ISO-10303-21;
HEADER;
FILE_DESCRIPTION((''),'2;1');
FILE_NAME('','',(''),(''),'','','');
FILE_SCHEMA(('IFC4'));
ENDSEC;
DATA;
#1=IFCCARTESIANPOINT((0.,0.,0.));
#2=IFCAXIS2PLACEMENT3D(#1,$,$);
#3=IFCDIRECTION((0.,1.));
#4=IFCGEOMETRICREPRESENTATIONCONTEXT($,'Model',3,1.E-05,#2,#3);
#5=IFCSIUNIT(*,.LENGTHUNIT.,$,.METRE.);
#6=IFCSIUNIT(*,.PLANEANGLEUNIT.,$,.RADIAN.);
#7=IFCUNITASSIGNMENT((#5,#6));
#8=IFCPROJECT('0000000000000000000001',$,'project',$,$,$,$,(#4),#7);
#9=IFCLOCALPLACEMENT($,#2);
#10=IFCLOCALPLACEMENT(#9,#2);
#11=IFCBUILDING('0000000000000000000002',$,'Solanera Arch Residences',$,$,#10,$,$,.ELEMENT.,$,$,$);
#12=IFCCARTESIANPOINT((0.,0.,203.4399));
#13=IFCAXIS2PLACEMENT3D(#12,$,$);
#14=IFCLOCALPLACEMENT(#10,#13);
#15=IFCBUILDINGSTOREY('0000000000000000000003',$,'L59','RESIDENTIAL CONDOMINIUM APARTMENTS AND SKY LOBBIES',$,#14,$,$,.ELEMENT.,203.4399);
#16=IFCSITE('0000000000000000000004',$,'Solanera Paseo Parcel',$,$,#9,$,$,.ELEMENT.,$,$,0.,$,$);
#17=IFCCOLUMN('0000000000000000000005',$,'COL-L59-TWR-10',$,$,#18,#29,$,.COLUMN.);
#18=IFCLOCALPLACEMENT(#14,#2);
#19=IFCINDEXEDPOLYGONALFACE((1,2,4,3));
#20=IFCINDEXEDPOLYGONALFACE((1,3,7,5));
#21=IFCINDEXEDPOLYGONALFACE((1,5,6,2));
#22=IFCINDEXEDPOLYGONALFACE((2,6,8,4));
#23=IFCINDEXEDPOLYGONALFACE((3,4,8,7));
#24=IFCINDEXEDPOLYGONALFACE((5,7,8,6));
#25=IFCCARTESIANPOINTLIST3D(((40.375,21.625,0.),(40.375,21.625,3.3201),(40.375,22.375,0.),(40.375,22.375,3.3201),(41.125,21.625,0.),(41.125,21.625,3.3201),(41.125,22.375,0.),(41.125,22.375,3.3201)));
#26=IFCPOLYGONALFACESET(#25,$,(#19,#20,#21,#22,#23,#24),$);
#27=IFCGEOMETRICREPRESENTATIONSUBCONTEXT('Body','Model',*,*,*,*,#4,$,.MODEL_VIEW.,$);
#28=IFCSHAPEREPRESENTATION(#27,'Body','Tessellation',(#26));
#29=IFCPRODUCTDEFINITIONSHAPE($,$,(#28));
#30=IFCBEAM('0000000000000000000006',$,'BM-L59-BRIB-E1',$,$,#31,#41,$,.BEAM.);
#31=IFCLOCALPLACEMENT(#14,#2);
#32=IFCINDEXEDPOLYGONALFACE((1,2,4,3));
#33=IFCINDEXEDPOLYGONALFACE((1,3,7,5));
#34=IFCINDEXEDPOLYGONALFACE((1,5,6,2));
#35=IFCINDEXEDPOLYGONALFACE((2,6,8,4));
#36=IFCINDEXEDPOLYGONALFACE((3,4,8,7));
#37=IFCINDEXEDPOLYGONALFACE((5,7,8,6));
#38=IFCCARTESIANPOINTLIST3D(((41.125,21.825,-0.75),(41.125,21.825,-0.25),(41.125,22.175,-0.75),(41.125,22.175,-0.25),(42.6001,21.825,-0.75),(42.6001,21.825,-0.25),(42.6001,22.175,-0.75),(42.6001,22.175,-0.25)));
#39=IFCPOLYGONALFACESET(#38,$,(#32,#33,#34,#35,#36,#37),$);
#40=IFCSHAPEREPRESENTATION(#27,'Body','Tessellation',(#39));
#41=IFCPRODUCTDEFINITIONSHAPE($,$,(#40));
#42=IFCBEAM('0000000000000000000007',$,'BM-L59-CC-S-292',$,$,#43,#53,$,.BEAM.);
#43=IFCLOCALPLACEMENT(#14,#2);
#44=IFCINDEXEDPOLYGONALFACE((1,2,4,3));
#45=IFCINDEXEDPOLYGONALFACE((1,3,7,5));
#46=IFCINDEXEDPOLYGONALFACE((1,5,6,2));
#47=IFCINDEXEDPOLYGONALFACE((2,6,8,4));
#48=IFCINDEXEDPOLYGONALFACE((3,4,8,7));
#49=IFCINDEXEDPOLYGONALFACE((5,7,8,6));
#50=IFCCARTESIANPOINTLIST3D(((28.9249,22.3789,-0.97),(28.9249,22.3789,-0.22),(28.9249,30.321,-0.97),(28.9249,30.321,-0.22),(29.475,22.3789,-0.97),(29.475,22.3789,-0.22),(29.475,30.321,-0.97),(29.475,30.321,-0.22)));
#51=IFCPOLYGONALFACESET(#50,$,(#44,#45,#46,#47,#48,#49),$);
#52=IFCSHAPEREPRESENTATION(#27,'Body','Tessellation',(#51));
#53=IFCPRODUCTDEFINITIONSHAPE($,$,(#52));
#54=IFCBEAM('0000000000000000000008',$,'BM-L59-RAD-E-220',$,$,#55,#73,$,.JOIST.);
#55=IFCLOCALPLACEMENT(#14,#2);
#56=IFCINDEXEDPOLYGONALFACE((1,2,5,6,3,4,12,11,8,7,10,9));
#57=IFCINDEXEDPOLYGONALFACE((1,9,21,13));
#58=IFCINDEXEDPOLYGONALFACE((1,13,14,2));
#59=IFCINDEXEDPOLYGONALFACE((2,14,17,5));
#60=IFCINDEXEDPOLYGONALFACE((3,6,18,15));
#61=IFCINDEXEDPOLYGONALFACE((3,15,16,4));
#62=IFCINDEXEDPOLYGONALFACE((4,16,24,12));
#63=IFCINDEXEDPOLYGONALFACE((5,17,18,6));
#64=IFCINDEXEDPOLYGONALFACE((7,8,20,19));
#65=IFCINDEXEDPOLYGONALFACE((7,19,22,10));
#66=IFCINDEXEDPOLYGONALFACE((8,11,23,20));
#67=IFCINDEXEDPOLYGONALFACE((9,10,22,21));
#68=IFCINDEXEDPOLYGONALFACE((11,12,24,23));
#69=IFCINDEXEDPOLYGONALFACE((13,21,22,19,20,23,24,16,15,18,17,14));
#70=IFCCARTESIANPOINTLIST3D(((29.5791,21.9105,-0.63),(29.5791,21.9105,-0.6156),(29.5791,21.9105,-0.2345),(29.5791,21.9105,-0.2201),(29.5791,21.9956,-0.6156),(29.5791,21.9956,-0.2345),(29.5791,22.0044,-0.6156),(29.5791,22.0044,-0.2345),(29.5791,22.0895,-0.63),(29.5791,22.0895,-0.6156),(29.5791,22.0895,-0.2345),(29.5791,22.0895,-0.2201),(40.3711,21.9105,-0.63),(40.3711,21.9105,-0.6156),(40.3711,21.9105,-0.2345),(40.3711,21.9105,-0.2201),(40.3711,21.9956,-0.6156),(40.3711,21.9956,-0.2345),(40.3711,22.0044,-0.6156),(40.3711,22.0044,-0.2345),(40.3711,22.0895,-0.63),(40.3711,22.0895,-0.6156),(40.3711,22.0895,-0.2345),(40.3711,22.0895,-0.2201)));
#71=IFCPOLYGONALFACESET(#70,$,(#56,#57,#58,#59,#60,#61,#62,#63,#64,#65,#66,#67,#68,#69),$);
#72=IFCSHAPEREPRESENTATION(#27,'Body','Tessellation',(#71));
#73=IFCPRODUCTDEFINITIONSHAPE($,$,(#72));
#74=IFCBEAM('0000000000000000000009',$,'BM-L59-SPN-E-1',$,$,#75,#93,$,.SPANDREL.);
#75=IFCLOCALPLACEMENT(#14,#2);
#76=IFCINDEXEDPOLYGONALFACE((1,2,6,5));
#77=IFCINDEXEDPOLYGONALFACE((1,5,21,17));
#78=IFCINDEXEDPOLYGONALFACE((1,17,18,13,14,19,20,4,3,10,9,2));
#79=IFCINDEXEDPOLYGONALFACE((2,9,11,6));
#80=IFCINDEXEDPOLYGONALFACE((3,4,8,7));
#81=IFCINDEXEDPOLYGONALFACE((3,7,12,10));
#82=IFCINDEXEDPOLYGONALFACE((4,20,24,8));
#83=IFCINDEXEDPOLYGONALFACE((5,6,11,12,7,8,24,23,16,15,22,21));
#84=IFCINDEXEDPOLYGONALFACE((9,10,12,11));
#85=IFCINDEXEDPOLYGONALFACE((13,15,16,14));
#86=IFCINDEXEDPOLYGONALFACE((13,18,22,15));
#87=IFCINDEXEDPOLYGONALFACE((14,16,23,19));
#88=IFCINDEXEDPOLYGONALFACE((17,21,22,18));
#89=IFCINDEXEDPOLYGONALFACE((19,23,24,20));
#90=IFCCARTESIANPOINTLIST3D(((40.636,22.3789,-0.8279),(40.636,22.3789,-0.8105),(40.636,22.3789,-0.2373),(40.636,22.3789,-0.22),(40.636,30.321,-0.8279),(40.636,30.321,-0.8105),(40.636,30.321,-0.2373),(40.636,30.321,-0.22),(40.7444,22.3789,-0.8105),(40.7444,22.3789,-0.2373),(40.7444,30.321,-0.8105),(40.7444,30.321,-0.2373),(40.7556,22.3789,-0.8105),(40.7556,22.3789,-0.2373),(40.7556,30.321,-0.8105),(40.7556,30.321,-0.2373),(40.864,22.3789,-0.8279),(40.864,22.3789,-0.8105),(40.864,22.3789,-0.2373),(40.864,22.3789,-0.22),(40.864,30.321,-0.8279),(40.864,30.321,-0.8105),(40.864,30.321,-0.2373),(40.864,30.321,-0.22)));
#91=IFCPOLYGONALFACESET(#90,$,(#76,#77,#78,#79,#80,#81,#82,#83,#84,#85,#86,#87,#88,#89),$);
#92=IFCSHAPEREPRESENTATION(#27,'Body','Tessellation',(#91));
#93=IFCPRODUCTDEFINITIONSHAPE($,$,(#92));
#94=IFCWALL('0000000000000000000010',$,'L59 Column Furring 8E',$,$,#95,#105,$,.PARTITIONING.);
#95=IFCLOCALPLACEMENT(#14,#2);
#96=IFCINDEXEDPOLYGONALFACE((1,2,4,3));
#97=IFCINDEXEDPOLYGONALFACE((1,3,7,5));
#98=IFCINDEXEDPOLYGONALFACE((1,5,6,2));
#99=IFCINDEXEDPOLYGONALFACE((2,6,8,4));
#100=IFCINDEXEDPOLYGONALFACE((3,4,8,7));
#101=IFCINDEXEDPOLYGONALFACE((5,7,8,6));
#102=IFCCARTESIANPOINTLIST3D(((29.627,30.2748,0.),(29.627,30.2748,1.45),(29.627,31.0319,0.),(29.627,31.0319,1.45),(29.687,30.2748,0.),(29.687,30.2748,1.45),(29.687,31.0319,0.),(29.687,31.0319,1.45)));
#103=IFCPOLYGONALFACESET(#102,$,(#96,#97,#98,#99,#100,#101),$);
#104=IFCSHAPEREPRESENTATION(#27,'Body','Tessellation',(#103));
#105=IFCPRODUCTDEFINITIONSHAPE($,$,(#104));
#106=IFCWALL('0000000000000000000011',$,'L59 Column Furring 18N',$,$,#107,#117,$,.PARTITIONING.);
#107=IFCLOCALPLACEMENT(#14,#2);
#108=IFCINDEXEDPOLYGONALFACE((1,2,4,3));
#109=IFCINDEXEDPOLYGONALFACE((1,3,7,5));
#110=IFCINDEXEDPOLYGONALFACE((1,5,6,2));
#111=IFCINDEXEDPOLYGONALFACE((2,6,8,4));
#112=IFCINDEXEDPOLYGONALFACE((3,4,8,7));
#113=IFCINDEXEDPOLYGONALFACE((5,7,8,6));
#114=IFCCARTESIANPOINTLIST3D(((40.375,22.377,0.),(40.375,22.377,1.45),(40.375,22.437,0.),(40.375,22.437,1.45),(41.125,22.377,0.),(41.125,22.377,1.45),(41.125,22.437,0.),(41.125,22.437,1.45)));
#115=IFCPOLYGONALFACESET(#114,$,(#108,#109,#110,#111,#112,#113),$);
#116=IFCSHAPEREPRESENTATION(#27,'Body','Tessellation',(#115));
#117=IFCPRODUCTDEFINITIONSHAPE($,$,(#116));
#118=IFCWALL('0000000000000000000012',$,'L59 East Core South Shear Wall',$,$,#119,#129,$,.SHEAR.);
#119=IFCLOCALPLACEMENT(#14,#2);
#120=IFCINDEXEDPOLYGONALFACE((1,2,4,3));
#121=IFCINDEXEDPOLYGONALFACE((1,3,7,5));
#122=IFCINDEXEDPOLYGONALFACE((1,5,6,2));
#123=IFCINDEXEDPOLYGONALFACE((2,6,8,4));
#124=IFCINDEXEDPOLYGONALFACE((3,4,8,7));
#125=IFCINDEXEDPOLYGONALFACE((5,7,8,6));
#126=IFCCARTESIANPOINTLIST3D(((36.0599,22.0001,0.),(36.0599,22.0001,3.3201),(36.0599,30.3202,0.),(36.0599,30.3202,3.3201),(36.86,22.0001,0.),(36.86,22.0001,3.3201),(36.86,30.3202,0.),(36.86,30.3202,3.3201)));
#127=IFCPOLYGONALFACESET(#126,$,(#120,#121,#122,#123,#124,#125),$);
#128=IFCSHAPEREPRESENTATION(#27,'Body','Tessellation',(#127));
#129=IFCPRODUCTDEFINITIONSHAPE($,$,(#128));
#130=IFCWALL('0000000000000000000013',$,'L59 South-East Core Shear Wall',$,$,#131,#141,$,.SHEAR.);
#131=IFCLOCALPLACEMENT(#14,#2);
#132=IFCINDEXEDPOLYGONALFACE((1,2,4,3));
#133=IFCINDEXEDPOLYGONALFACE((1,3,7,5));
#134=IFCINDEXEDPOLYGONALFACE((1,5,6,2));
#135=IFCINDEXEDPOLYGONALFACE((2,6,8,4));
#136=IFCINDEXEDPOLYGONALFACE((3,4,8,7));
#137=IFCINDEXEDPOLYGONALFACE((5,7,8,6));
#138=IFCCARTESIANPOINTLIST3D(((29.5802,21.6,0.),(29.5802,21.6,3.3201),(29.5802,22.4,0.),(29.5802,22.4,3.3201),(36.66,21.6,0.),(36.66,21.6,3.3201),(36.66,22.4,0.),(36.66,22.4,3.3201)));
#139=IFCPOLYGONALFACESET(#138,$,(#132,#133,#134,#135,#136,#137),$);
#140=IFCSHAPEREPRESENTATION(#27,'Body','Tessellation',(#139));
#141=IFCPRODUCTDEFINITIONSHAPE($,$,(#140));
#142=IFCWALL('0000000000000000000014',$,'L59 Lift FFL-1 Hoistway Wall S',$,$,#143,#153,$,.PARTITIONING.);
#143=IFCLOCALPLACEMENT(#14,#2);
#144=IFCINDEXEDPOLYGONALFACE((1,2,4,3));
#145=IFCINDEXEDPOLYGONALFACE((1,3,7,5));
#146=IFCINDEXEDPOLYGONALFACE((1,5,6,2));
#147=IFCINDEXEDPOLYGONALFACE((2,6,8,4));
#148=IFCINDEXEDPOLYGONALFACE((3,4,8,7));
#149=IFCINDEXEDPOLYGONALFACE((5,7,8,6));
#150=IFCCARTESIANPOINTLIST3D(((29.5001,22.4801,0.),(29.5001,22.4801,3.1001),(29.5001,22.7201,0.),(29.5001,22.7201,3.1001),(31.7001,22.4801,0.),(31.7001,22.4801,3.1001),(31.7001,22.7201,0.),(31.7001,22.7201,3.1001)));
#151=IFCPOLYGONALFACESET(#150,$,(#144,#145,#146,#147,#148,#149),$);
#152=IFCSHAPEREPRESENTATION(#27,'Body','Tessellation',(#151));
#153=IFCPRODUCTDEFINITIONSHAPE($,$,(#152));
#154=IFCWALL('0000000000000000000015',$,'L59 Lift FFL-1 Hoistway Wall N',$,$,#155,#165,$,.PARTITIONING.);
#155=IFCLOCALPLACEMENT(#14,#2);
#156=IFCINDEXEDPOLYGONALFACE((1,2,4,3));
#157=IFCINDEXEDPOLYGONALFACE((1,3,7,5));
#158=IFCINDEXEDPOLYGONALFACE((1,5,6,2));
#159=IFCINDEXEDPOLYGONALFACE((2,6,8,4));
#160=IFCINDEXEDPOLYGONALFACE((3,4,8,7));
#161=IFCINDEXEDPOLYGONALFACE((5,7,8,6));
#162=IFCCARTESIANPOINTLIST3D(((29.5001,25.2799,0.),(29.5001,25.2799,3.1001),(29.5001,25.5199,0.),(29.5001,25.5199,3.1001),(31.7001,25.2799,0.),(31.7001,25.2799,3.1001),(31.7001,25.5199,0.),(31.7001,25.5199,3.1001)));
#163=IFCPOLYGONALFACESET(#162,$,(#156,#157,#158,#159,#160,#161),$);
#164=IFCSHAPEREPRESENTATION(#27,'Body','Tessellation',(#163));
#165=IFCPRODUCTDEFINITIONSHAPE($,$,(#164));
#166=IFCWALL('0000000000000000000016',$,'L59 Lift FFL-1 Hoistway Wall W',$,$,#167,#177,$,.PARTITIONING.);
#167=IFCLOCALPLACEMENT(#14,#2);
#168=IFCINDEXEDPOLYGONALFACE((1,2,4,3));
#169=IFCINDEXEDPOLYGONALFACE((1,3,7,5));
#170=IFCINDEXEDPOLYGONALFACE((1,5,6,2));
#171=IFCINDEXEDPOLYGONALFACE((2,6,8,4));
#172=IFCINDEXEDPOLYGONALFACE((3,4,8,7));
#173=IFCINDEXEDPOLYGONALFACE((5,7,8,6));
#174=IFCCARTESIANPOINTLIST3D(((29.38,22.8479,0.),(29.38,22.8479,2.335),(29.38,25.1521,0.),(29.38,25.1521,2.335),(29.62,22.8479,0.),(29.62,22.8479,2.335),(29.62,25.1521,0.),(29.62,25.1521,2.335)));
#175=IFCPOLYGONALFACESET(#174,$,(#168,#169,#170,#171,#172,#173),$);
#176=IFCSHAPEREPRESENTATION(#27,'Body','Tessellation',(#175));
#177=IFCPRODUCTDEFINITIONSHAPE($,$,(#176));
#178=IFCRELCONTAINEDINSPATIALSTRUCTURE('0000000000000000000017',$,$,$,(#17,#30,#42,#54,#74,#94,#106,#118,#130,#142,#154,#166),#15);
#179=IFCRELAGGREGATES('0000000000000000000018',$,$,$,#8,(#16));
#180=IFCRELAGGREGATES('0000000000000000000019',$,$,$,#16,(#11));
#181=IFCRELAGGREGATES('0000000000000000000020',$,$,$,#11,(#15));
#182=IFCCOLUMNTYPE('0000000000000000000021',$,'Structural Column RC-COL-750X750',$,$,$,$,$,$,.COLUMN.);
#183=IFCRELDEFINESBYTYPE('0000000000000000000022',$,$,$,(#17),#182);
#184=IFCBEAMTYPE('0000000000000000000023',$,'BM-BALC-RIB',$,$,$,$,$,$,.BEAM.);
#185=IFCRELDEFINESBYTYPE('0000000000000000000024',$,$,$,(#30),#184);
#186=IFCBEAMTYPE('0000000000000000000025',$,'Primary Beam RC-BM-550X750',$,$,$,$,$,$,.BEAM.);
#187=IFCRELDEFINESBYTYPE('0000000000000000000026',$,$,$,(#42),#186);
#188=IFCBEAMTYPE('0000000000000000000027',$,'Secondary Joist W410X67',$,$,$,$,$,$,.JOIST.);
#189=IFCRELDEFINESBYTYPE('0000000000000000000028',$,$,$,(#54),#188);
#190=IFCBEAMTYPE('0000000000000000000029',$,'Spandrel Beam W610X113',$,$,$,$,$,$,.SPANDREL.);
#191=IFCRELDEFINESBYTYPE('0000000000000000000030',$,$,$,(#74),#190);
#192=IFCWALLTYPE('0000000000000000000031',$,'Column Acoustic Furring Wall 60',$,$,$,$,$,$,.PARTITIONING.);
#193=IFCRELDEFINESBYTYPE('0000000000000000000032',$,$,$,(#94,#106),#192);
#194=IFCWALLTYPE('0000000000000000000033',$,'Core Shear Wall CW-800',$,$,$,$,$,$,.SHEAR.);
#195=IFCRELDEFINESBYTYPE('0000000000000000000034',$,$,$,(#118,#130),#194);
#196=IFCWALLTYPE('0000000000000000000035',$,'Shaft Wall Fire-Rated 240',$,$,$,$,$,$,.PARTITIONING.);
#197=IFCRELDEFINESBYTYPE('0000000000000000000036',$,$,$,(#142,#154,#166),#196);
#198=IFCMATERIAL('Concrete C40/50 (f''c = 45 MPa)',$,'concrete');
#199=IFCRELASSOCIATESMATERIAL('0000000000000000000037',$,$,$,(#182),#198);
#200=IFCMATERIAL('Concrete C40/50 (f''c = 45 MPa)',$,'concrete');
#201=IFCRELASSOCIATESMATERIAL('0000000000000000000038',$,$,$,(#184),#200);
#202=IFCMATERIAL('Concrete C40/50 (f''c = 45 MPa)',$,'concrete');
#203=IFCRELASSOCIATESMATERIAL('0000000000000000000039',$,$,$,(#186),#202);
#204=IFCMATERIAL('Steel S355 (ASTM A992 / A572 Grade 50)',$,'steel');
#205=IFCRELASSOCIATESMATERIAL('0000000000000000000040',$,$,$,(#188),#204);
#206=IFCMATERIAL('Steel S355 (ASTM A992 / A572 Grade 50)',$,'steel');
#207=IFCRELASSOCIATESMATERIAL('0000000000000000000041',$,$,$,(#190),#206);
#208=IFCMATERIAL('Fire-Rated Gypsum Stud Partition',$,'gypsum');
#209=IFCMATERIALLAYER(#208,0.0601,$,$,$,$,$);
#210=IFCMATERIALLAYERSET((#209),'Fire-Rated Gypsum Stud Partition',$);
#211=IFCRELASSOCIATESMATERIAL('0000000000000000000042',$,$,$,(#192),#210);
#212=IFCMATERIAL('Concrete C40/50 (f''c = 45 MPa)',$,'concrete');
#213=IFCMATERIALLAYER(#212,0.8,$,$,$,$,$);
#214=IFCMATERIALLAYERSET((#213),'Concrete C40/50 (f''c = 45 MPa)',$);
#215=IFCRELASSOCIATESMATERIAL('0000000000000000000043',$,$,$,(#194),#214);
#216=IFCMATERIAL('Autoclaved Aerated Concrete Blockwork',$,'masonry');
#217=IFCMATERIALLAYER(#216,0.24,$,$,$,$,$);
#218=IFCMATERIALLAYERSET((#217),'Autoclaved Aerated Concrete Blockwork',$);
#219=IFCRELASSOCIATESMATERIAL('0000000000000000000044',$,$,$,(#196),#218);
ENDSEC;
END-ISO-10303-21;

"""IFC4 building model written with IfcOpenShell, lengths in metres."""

from ifc_helpers import new_model, si_unit, direction, frame, frame_2d, origin, origin_2d, place, context, subcontext, project, spatial, rectangle, i_section, extrude, material, layer, layer_set, material_profile, profile_set, type_object, element, save


model = new_model("IFC4")

# Units and contexts
model_context = context("Model", 3, precision=1e-05, world=origin(), true_north=direction((0.0, 1.0)))
body_context = subcontext(model_context, "Body", "Model", "MODEL_VIEW")
ifc_project = project(units=[si_unit("LENGTHUNIT", "METRE"), si_unit("PLANEANGLEUNIT", "RADIAN")], contexts=[model_context])

# Site, building, storey
site_placement = place(None, origin())
site = spatial("IfcSite", under=ifc_project, at=site_placement, Name="Solanera Paseo Parcel", CompositionType="ELEMENT", RefElevation=0.0)
building_placement = place(site_placement, origin())
building = spatial("IfcBuilding", under=site, at=building_placement, Name="Solanera Arch Residences", CompositionType="ELEMENT")
storey_placement = place(building_placement, frame((0.0, 0.0, 203.4399)))
storey = spatial("IfcBuildingStorey", under=building, at=storey_placement, Name="L59", Description="RESIDENTIAL CONDOMINIUM APARTMENTS AND SKY LOBBIES", CompositionType="ELEMENT", Elevation=203.4399)

# Column
ifc_material_1 = material(Name="Concrete C40/50 (f'c = 45 MPa)", Category="concrete")
ifc_material_profile_1 = material_profile(ifc_material_1, rectangle(XDim=0.75, YDim=0.75, at=origin_2d()))
ifc_profile_set_1 = profile_set([ifc_material_profile_1], Name="Concrete C40/50 (f'c = 45 MPa)")
column_type = type_object("IfcColumnType", Name="Structural Column RC-COL-750X750", PredefinedType="COLUMN", material=ifc_profile_set_1)
column_placement = place(storey_placement, frame((40.75, 22.0, 0.0), z_axis=(0.0, 0.0, 1.0), x_axis=(1.0, 0.0, 0.0)))
element("IfcColumn", 1, at=column_placement, inside=storey, type_object=column_type, Name="COL-L59-TWR-10", PredefinedType="COLUMN", context=body_context, shape_type="SweptSolid", body=[
    extrude(rectangle(XDim=0.75, YDim=0.75, at=origin_2d()), origin(), (0.0, 0.0, 1.0), 3.3201),
])

# Beams
ifc_material_2 = material(Name="Concrete C40/50 (f'c = 45 MPa)", Category="concrete")
ifc_material_profile_2 = material_profile(ifc_material_2, rectangle(XDim=0.3501, YDim=0.5, at=origin_2d()))
ifc_profile_set_2 = profile_set([ifc_material_profile_2], Name="Concrete C40/50 (f'c = 45 MPa)")
beam_type_1 = type_object("IfcBeamType", Name="BM-BALC-RIB", PredefinedType="BEAM", material=ifc_profile_set_2)
beam_1_placement = place(storey_placement, frame((41.125, 22.0, -0.5), z_axis=(1.0, 0.0, 0.0), x_axis=(0.0, 1.0, 0.0)))
element("IfcBeam", 2, at=beam_1_placement, inside=storey, type_object=beam_type_1, Name="BM-L59-BRIB-E1", PredefinedType="BEAM", context=body_context, shape_type="SweptSolid", body=[
    extrude(rectangle(XDim=0.3501, YDim=0.5, at=origin_2d()), origin(), (0.0, 0.0, 1.0), 1.4751),
])
ifc_material_3 = material(Name="Concrete C40/50 (f'c = 45 MPa)", Category="concrete")
ifc_material_profile_3 = material_profile(ifc_material_3, rectangle(XDim=0.55, YDim=0.75, at=origin_2d()))
ifc_profile_set_3 = profile_set([ifc_material_profile_3], Name="Concrete C40/50 (f'c = 45 MPa)")
beam_type_2 = type_object("IfcBeamType", Name="Primary Beam RC-BM-550X750", PredefinedType="BEAM", material=ifc_profile_set_3)
beam_2_placement = place(storey_placement, frame((29.2, 22.3789, -0.595), z_axis=(0.0, 1.0, 0.0), x_axis=(-1.0, 0.0, 0.0)))
element("IfcBeam", 3, at=beam_2_placement, inside=storey, type_object=beam_type_2, Name="BM-L59-CC-S-292", PredefinedType="BEAM", context=body_context, shape_type="SweptSolid", body=[
    extrude(rectangle(XDim=0.55, YDim=0.75, at=origin_2d()), origin(), (0.0, 0.0, 1.0), 7.9421),
])
ifc_material_4 = material(Name="Steel S355 (ASTM A992 / A572 Grade 50)", Category="steel")
ifc_material_profile_4 = material_profile(ifc_material_4, i_section(OverallWidth=0.179, OverallDepth=0.4099, WebThickness=0.0088, FlangeThickness=0.0144, at=origin_2d()))
ifc_profile_set_4 = profile_set([ifc_material_profile_4], Name="Steel S355 (ASTM A992 / A572 Grade 50)")
beam_type_3 = type_object("IfcBeamType", Name="Secondary Joist W410X67", PredefinedType="JOIST", material=ifc_profile_set_4)
beam_3_placement = place(storey_placement, frame((29.5791, 22.0, -0.425), z_axis=(1.0, 0.0, 0.0), x_axis=(0.0, 1.0, 0.0)))
element("IfcBeam", 4, at=beam_3_placement, inside=storey, type_object=beam_type_3, Name="BM-L59-RAD-E-220", PredefinedType="JOIST", context=body_context, shape_type="SweptSolid", body=[
    extrude(i_section(OverallWidth=0.179, OverallDepth=0.4099, WebThickness=0.0088, FlangeThickness=0.0144, at=origin_2d()), origin(), (0.0, 0.0, 1.0), 10.792),
])
ifc_material_5 = material(Name="Steel S355 (ASTM A992 / A572 Grade 50)", Category="steel")
ifc_material_profile_5 = material_profile(ifc_material_5, i_section(OverallWidth=0.228, OverallDepth=0.6079, WebThickness=0.0112, FlangeThickness=0.0173, at=origin_2d()))
ifc_profile_set_5 = profile_set([ifc_material_profile_5], Name="Steel S355 (ASTM A992 / A572 Grade 50)")
beam_type_4 = type_object("IfcBeamType", Name="Spandrel Beam W610X113", PredefinedType="SPANDREL", material=ifc_profile_set_5)
beam_4_placement = place(storey_placement, frame((40.75, 22.3789, -0.5239), z_axis=(0.0, 1.0, 0.0), x_axis=(-1.0, 0.0, 0.0)))
element("IfcBeam", 5, at=beam_4_placement, inside=storey, type_object=beam_type_4, Name="BM-L59-SPN-E-1", PredefinedType="SPANDREL", context=body_context, shape_type="SweptSolid", body=[
    extrude(i_section(OverallWidth=0.228, OverallDepth=0.6079, WebThickness=0.0112, FlangeThickness=0.0173, at=origin_2d()), origin(), (0.0, 0.0, 1.0), 7.9421),
])

# Walls
ifc_material_6 = material(Name="Fire-Rated Gypsum Stud Partition", Category="gypsum")
ifc_layer_1 = layer(ifc_material_6, 0.0601)
ifc_layer_set_1 = layer_set([ifc_layer_1], Name="Fire-Rated Gypsum Stud Partition")
wall_type_1 = type_object("IfcWallType", Name="Column Acoustic Furring Wall 60", PredefinedType="PARTITIONING", material=ifc_layer_set_1)
wall_1_placement = place(storey_placement, frame((29.657, 30.2749, 0.0), z_axis=(0.0, 0.0, 1.0), x_axis=(0.0, 1.0, 0.0)))
element("IfcWall", 6, at=wall_1_placement, inside=storey, type_object=wall_type_1, Name="L59 Column Furring 8E", PredefinedType="PARTITIONING", context=body_context, shape_type="SweptSolid", body=[
    extrude(rectangle(XDim=0.7571, YDim=0.0601, at=frame_2d((0.3784, 0.0))), origin(), (0.0, 0.0, 1.0), 1.45),
])
wall_2_placement = place(storey_placement, frame((40.375, 22.407, 0.0), z_axis=(0.0, 0.0, 1.0), x_axis=(1.0, 0.0, 0.0)))
element("IfcWall", 7, at=wall_2_placement, inside=storey, type_object=wall_type_1, Name="L59 Column Furring 18N", PredefinedType="PARTITIONING", context=body_context, shape_type="SweptSolid", body=[
    extrude(rectangle(XDim=0.75, YDim=0.0601, at=frame_2d((0.375, 0.0))), origin(), (0.0, 0.0, 1.0), 1.45),
])
ifc_material_7 = material(Name="Concrete C40/50 (f'c = 45 MPa)", Category="concrete")
ifc_layer_2 = layer(ifc_material_7, 0.8)
ifc_layer_set_2 = layer_set([ifc_layer_2], Name="Concrete C40/50 (f'c = 45 MPa)")
wall_type_2 = type_object("IfcWallType", Name="Core Shear Wall CW-800", PredefinedType="SHEAR", material=ifc_layer_set_2)
wall_3_placement = place(storey_placement, frame((36.46, 22.0, 0.0), z_axis=(0.0, 0.0, 1.0), x_axis=(0.0, 1.0, 0.0)))
element("IfcWall", 8, at=wall_3_placement, inside=storey, type_object=wall_type_2, Name="L59 East Core South Shear Wall", PredefinedType="SHEAR", context=body_context, shape_type="SweptSolid", body=[
    extrude(rectangle(XDim=8.3201, YDim=0.8, at=frame_2d((4.1602, 0.0))), origin(), (0.0, 0.0, 1.0), 3.3201),
])
wall_4_placement = place(storey_placement, frame((29.5801, 22.0, 0.0), z_axis=(0.0, 0.0, 1.0), x_axis=(1.0, 0.0, 0.0)))
element("IfcWall", 9, at=wall_4_placement, inside=storey, type_object=wall_type_2, Name="L59 South-East Core Shear Wall", PredefinedType="SHEAR", context=body_context, shape_type="SweptSolid", body=[
    extrude(rectangle(XDim=7.0798, YDim=0.8, at=frame_2d((3.54, 0.0))), origin(), (0.0, 0.0, 1.0), 3.3201),
])
ifc_material_8 = material(Name="Autoclaved Aerated Concrete Blockwork", Category="masonry")
ifc_layer_3 = layer(ifc_material_8, 0.24)
ifc_layer_set_3 = layer_set([ifc_layer_3], Name="Autoclaved Aerated Concrete Blockwork")
wall_type_3 = type_object("IfcWallType", Name="Shaft Wall Fire-Rated 240", PredefinedType="PARTITIONING", material=ifc_layer_set_3)
for number, where, z_axis, x_axis, name in (
    (10, (29.5, 22.6001, 0.0), (0.0, 0.0, 1.0), (1.0, 0.0, 0.0), "L59 Lift FFL-1 Hoistway Wall S"),
    (11, (29.5, 25.3999, 0.0), (0.0, 0.0, 1.0), (1.0, 0.0, 0.0), "L59 Lift FFL-1 Hoistway Wall N"),
):
    element("IfcWall", number, at=place(storey_placement, frame(where, z_axis=z_axis, x_axis=x_axis)), inside=storey, type_object=wall_type_3, Name=name, PredefinedType="PARTITIONING", context=body_context, shape_type="SweptSolid", body=[
        extrude(rectangle(XDim=2.2, YDim=0.24, at=frame_2d((1.1001, 0.0))), origin(), (0.0, 0.0, 1.0), 3.1001),
    ])
wall_5_placement = place(storey_placement, frame((29.5, 22.8479, 0.0), z_axis=(0.0, 0.0, 1.0), x_axis=(0.0, 1.0, 0.0)))
element("IfcWall", 12, at=wall_5_placement, inside=storey, type_object=wall_type_3, Name="L59 Lift FFL-1 Hoistway Wall W", PredefinedType="PARTITIONING", context=body_context, shape_type="SweptSolid", body=[
    extrude(rectangle(XDim=2.3042, YDim=0.24, at=frame_2d((1.1521, 0.0))), origin(), (0.0, 0.0, 1.0), 2.335),
])

save(model, "model.ifc")
